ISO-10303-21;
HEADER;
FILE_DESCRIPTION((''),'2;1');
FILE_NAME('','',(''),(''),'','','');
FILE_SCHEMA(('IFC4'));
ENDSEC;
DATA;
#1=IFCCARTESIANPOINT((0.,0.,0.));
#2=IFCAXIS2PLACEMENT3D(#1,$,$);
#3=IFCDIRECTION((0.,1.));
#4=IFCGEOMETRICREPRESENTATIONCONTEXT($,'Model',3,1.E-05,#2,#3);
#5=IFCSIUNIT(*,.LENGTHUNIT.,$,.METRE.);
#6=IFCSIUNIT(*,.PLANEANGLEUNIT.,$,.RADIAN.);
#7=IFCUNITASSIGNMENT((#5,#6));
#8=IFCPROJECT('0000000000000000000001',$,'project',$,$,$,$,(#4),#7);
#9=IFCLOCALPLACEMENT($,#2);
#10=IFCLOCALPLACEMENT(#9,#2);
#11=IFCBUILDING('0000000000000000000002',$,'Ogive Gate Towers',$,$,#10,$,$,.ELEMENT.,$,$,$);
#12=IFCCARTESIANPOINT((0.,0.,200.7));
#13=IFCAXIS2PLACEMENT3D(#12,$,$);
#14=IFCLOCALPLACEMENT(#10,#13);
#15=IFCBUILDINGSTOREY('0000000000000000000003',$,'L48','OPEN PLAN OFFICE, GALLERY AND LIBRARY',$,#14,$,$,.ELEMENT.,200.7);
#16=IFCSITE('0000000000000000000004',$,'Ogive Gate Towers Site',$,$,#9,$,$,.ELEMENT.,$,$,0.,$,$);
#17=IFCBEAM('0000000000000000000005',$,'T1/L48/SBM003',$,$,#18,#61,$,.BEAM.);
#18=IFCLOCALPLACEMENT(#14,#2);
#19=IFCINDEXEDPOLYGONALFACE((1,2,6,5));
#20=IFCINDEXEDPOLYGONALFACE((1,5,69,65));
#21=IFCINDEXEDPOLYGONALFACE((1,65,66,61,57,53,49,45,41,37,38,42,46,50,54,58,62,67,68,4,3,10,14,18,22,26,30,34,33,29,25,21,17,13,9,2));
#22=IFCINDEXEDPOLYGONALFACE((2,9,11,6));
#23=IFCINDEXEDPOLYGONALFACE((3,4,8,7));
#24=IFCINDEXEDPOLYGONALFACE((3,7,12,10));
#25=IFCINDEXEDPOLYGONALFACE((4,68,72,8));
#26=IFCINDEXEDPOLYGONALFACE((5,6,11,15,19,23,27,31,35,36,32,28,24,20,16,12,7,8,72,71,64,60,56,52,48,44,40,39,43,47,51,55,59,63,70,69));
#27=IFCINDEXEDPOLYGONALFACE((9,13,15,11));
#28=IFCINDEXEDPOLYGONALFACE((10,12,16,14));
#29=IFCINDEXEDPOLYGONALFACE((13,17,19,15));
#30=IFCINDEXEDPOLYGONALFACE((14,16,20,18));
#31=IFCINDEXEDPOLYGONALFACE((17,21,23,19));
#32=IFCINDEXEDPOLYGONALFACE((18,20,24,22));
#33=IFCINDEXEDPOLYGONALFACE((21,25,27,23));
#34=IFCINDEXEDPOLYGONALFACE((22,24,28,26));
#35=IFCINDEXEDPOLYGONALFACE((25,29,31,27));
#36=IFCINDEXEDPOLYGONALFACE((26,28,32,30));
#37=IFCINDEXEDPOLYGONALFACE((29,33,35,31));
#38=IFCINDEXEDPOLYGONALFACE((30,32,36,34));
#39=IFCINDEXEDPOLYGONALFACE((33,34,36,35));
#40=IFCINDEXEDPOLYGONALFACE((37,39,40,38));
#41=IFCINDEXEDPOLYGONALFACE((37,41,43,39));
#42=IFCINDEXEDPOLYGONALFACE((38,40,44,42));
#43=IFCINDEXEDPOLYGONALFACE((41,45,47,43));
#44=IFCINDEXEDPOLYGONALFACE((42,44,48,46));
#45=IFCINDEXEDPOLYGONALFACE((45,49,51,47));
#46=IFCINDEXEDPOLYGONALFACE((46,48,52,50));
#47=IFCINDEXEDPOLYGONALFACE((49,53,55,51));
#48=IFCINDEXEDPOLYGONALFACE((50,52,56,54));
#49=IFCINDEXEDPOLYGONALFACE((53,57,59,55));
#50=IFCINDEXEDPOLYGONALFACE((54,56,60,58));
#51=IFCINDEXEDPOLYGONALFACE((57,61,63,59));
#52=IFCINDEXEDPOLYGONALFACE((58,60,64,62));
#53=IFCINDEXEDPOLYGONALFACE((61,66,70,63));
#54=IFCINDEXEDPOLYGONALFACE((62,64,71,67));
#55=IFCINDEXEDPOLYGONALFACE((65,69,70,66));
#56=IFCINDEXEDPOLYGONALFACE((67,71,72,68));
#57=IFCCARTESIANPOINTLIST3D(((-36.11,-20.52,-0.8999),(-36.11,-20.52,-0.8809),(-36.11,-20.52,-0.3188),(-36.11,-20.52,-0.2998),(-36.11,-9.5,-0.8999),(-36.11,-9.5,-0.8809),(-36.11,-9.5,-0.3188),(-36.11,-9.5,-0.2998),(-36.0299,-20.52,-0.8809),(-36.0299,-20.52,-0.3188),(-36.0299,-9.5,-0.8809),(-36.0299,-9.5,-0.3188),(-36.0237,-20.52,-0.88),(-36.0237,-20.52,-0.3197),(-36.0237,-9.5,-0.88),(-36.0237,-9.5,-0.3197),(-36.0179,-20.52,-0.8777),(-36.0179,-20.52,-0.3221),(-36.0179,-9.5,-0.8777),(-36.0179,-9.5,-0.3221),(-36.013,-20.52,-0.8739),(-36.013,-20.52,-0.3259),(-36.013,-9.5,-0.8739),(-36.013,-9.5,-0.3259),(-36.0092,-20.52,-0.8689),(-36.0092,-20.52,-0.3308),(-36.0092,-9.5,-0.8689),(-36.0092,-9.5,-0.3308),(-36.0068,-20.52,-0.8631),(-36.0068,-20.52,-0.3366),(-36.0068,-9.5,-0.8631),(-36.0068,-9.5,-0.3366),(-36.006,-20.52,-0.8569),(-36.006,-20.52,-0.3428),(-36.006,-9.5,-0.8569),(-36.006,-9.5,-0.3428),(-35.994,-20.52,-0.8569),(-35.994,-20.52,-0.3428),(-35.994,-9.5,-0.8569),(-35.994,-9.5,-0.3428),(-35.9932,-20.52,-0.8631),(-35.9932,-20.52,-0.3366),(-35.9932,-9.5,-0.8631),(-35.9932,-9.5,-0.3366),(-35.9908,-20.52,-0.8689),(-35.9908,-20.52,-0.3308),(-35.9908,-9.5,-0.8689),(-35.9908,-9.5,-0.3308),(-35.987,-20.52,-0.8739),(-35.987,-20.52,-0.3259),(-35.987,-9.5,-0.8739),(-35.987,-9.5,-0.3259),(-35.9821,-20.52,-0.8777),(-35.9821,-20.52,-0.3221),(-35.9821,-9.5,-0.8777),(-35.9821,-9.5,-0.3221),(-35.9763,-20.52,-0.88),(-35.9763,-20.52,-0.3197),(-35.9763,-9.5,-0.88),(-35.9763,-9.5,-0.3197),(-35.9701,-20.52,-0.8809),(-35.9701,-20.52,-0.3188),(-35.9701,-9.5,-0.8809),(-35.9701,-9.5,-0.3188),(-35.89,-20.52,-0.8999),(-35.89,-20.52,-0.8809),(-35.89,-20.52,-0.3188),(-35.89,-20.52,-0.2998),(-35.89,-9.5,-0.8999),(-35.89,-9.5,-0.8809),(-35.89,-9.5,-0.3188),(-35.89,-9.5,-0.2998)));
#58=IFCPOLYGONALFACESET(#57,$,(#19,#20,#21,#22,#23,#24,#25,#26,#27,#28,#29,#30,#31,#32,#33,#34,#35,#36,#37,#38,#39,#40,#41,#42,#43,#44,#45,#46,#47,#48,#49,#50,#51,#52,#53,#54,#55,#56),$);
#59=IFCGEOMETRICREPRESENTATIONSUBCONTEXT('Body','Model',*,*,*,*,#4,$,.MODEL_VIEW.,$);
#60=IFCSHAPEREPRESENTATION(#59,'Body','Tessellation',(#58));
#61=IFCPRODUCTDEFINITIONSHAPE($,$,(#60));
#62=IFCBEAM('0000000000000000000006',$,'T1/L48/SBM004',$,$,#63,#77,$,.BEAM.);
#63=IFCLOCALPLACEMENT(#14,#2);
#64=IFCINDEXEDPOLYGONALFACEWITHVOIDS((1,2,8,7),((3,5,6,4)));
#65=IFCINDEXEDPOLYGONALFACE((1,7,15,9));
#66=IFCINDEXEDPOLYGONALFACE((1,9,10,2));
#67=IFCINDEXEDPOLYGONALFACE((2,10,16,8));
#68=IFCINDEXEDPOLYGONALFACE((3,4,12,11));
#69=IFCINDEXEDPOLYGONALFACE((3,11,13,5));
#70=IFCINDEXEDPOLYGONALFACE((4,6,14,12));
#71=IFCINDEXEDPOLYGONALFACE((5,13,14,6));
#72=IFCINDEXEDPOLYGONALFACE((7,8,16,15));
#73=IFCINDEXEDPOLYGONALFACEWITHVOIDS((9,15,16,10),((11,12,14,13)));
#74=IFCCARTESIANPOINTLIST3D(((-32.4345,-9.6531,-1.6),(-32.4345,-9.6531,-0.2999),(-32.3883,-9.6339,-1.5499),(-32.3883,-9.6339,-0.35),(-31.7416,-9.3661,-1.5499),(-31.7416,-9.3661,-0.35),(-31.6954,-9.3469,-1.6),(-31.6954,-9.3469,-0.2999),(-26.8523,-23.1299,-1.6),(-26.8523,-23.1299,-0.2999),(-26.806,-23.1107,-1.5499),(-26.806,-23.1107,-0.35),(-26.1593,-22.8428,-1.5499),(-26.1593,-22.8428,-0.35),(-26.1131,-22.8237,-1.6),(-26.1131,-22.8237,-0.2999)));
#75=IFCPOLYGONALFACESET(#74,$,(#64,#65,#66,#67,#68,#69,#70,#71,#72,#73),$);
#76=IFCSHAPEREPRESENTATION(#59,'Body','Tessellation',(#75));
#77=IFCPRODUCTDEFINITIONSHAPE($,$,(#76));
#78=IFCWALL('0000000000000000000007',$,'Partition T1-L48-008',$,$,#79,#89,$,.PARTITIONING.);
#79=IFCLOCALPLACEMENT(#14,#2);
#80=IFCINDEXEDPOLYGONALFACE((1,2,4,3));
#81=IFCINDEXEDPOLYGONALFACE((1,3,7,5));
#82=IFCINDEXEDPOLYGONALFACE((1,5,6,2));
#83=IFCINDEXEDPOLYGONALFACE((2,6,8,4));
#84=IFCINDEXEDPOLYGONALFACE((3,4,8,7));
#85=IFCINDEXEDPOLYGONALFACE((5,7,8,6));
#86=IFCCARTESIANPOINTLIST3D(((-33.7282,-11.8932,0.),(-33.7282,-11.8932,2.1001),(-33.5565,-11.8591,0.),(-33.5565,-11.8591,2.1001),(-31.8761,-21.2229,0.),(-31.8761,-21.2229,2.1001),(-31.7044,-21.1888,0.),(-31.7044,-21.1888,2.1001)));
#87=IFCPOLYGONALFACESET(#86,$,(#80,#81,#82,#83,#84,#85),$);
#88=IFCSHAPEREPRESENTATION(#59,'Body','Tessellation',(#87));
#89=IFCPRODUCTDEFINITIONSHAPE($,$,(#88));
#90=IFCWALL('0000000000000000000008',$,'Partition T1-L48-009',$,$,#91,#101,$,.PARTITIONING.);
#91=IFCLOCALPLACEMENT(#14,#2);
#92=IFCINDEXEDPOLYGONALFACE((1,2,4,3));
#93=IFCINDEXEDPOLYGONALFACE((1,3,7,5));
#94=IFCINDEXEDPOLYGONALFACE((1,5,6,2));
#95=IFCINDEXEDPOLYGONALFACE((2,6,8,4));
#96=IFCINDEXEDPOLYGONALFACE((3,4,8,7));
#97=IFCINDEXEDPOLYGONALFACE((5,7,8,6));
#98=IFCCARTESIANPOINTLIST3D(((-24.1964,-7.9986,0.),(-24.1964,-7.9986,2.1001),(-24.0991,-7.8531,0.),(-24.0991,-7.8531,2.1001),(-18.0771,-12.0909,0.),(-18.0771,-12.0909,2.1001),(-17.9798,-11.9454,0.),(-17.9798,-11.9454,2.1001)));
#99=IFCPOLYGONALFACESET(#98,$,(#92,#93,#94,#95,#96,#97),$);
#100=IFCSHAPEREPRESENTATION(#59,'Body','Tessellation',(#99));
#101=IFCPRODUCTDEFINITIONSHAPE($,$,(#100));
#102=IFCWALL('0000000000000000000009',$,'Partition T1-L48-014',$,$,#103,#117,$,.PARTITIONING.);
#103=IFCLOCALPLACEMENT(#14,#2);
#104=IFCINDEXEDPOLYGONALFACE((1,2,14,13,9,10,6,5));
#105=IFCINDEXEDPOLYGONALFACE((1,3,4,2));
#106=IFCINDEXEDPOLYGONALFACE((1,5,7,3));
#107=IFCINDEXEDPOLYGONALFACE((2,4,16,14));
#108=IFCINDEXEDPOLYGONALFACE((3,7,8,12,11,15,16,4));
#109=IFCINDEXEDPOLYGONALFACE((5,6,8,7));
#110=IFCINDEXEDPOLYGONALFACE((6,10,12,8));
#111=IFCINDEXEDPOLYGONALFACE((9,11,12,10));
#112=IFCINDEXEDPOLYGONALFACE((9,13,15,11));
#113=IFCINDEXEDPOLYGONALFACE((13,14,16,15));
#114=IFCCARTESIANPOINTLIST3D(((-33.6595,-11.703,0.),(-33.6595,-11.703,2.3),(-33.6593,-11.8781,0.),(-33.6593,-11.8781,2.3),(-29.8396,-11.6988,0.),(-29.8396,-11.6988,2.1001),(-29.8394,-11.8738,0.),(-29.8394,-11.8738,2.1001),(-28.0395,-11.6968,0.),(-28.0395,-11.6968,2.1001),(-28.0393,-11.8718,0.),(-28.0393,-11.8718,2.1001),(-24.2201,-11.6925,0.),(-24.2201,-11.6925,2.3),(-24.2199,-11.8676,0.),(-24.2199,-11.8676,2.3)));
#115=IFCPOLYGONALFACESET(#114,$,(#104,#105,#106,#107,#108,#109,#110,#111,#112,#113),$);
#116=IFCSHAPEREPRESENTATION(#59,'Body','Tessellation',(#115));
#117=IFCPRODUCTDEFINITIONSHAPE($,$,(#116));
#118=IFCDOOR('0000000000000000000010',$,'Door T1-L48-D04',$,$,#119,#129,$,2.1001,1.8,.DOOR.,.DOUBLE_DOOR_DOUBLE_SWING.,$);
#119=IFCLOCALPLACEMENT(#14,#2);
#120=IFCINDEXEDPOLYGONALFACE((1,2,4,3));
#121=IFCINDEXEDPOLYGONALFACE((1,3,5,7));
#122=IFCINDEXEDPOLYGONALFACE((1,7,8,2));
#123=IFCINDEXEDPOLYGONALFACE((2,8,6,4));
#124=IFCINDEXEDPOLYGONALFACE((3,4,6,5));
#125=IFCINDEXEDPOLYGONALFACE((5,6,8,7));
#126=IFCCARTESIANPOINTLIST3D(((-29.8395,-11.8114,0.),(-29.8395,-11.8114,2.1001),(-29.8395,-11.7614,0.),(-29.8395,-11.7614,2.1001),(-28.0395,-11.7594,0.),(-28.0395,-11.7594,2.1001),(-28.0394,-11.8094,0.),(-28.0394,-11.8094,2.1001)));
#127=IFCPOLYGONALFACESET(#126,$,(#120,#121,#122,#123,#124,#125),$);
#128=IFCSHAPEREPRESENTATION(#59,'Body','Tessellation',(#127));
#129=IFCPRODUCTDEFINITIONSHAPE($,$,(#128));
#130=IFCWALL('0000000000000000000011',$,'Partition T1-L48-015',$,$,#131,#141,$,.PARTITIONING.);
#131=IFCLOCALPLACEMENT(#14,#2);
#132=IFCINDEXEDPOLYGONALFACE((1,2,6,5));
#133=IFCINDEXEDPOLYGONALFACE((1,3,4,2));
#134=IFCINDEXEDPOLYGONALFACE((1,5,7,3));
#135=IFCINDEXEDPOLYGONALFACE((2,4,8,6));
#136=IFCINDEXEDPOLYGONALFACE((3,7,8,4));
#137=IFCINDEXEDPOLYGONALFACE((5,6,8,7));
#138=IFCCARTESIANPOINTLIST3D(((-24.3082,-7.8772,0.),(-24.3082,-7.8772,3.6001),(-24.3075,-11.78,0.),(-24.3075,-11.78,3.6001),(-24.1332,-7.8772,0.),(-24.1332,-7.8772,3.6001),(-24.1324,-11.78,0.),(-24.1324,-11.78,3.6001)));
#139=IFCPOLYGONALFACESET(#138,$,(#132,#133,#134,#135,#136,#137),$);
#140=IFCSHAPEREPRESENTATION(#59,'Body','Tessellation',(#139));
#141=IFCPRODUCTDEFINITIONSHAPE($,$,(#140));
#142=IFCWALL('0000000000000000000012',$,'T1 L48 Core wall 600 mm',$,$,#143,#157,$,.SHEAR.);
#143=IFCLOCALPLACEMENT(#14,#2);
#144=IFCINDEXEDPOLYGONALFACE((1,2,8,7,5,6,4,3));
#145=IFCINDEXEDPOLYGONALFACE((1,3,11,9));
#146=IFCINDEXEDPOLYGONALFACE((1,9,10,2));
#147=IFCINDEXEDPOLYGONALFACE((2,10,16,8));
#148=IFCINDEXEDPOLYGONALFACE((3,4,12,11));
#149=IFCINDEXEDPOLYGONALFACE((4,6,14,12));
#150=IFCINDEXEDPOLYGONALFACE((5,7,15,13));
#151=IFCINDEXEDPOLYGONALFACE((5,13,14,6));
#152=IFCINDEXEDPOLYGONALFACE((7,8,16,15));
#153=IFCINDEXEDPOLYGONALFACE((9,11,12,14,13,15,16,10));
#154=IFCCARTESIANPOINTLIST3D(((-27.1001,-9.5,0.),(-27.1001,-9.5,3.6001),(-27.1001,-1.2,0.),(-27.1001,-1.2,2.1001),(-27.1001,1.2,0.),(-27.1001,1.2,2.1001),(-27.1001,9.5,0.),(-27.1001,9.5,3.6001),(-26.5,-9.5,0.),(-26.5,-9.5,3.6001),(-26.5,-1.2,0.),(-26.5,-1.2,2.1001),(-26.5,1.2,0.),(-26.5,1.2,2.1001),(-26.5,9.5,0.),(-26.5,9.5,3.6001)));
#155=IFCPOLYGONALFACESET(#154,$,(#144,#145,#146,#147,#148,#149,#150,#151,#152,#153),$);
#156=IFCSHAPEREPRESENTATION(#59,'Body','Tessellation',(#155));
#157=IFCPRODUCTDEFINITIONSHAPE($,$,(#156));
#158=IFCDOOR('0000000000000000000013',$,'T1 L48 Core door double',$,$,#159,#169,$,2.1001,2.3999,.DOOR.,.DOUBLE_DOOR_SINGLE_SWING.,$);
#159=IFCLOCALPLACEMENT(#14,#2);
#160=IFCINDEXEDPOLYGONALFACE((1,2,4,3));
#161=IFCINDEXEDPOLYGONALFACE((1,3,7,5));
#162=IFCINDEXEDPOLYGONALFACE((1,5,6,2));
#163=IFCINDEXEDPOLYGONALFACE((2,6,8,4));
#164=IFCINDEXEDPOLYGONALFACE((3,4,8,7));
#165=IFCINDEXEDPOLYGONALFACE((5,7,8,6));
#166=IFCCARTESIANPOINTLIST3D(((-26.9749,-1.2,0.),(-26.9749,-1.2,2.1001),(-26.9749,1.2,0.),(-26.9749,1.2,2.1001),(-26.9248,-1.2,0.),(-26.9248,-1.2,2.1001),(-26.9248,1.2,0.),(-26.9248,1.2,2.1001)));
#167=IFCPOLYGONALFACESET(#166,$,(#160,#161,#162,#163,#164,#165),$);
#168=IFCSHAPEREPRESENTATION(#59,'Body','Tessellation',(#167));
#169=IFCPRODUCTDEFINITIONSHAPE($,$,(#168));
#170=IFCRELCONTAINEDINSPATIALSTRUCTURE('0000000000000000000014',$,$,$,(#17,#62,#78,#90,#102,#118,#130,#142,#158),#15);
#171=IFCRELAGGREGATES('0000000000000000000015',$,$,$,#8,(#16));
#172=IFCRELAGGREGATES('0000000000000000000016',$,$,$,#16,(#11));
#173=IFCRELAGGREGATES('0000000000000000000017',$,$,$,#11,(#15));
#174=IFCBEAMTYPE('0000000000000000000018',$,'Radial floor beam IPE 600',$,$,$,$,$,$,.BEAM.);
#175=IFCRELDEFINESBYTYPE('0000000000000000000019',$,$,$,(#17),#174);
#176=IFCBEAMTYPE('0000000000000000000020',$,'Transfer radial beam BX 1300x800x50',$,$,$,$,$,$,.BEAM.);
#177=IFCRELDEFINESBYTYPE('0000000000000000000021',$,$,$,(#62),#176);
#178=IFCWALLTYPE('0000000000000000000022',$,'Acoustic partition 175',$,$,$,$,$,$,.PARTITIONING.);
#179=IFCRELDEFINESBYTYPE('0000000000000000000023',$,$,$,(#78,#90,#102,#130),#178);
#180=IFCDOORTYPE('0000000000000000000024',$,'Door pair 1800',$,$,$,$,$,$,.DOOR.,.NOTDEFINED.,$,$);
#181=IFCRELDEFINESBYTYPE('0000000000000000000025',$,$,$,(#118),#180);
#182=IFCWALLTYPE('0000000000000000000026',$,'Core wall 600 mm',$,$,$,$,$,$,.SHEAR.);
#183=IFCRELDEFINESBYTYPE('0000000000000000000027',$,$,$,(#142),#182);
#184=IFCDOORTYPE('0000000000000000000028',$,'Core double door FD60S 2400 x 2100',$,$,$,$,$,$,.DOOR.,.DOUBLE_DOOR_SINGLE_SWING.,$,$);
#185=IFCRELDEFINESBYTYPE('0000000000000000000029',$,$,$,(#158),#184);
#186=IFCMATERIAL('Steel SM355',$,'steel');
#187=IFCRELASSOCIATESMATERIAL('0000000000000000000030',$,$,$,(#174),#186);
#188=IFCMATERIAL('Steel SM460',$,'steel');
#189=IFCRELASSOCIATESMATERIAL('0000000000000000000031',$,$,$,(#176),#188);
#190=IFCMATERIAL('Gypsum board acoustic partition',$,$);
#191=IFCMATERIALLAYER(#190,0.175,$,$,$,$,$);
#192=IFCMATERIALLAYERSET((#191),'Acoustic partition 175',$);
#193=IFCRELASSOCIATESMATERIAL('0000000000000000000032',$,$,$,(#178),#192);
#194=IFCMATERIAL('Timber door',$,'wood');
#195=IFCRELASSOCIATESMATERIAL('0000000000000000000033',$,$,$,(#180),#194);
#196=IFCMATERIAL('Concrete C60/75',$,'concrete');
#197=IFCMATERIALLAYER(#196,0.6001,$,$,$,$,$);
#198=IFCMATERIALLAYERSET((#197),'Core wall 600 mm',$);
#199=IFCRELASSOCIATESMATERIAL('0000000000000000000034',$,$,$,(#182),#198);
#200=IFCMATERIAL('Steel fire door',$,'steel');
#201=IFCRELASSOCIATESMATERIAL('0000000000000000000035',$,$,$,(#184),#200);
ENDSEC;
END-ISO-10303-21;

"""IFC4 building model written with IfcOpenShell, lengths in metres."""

from ifc_helpers import new_model, si_unit, direction, frame, frame_2d, origin, origin_2d, place, context, subcontext, project, spatial, rectangle, hollow_rectangle, i_section, extrude, material, layer, layer_set, material_profile, profile_set, type_object, element, fill, save


model = new_model("IFC4")

# Units and contexts
model_context = context("Model", 3, precision=1e-05, world=origin(), true_north=direction((0.0, 1.0)))
body_context = subcontext(model_context, "Body", "Model", "MODEL_VIEW")
ifc_project = project(units=[si_unit("LENGTHUNIT", "METRE"), si_unit("PLANEANGLEUNIT", "RADIAN")], contexts=[model_context])

# Site, building, storey
site_placement = place(None, origin())
site = spatial("IfcSite", under=ifc_project, at=site_placement, Name="Ogive Gate Towers Site", CompositionType="ELEMENT", RefElevation=0.0)
building_placement = place(site_placement, origin())
building = spatial("IfcBuilding", under=site, at=building_placement, Name="Ogive Gate Towers", CompositionType="ELEMENT")
storey_placement = place(building_placement, frame((0.0, 0.0, 200.7)))
storey = spatial("IfcBuildingStorey", under=building, at=storey_placement, Name="L48", Description="OPEN PLAN OFFICE, GALLERY AND LIBRARY", CompositionType="ELEMENT", Elevation=200.7)

# Shared definitions
ifc_material_1 = material(Name="Steel SM460", Category="steel")

# Beams
ifc_material_2 = material(Name="Steel SM355", Category="steel")
ifc_material_profile_1 = material_profile(ifc_material_2, i_section(OverallWidth=0.22, OverallDepth=0.6001, WebThickness=0.012, FlangeThickness=0.019, FilletRadius=0.0239, at=origin_2d()), Name="IPE 600")
ifc_profile_set_1 = profile_set([ifc_material_profile_1], Name="Steel SM355")
beam_type_1 = type_object("IfcBeamType", Name="Radial floor beam IPE 600", PredefinedType="BEAM", material=ifc_profile_set_1)
beam_1_placement = place(storey_placement, frame((-36.0, -9.5, -0.5999), z_axis=(0.0, -1.0, 0.0), x_axis=(1.0, 0.0, 0.0)))
element("IfcBeam", 1, at=beam_1_placement, inside=storey, type_object=beam_type_1, Name="T1/L48/SBM003", PredefinedType="BEAM", context=body_context, shape_type="SweptSolid", body=[
    extrude(i_section(OverallWidth=0.22, OverallDepth=0.6001, WebThickness=0.012, FlangeThickness=0.019, FilletRadius=0.0239, at=origin_2d()), origin(), (0.0, 0.0, 1.0), 11.02),
])
ifc_material_profile_2 = material_profile(ifc_material_1, hollow_rectangle(XDim=0.8, YDim=1.3, WallThickness=0.05, at=origin_2d()), Name="BX 1300x800x50")
ifc_profile_set_2 = profile_set([ifc_material_profile_2], Name="Steel SM460")
beam_type_2 = type_object("IfcBeamType", Name="Transfer radial beam BX 1300x800x50", PredefinedType="BEAM", material=ifc_profile_set_2)
beam_2_placement = place(storey_placement, frame((-32.0649, -9.5, -0.95), z_axis=(0.382683, -0.92388, 0.0), x_axis=(0.92388, 0.382683, 0.0)))
element("IfcBeam", 2, at=beam_2_placement, inside=storey, type_object=beam_type_2, Name="T1/L48/SBM004", PredefinedType="BEAM", context=body_context, shape_type="SweptSolid", body=[
    extrude(hollow_rectangle(XDim=0.8, YDim=1.3, WallThickness=0.05, at=origin_2d()), origin(), (0.0, 0.0, 1.0), 14.5872),
])

# Walls
ifc_material_3 = material(Name="Gypsum board acoustic partition")
ifc_layer_1 = layer(ifc_material_3, 0.175)
ifc_layer_set_1 = layer_set([ifc_layer_1], Name="Acoustic partition 175")
wall_type_1 = type_object("IfcWallType", Name="Acoustic partition 175", PredefinedType="PARTITIONING", material=ifc_layer_set_1)
wall_1_placement = place(storey_placement, frame((-31.7903, -21.2058, 0.0), z_axis=(0.0, 0.0, 1.0), x_axis=(-0.194714, 0.98086, 0.0)))
element("IfcWall", 3, at=wall_1_placement, inside=storey, type_object=wall_type_1, Name="Partition T1-L48-008", PredefinedType="PARTITIONING", context=body_context, shape_type="SweptSolid", body=[
    extrude(rectangle(XDim=9.5117, YDim=0.175, at=frame_2d((4.7559, 0.0))), origin(), (0.0, 0.0, 1.0), 2.1001),
])
wall_2_placement = place(storey_placement, frame((-18.0286, -12.0181, 0.0), z_axis=(0.0, 0.0, 1.0), x_axis=(-0.831254, 0.555894, 0.0)))
element("IfcWall", 4, at=wall_2_placement, inside=storey, type_object=wall_type_1, Name="Partition T1-L48-009", PredefinedType="PARTITIONING", context=body_context, shape_type="SweptSolid", body=[
    extrude(rectangle(XDim=7.3616, YDim=0.175, at=frame_2d((3.6807, 0.0))), origin(), (0.0, 0.0, 1.0), 2.1001),
])

# Wall, opening, door
wall_3_placement = place(storey_placement, frame((-33.6594, -11.7905, 0.0), z_axis=(0.0, 0.0, 1.0), x_axis=(0.999999, 0.001112, 0.0)))
wall_3 = element("IfcWall", 5, at=wall_3_placement, inside=storey, type_object=wall_type_1, Name="Partition T1-L48-014", PredefinedType="PARTITIONING", context=body_context, shape_type="SweptSolid", body=[
    extrude(rectangle(XDim=9.4395, YDim=0.175, at=frame_2d((4.7197, 0.0))), origin(), (0.0, 0.0, 1.0), 2.3),
])
opening_1_placement = place(wall_3_placement, frame((3.8201, 0.0, 0.0)))
opening_1 = element("IfcOpeningElement", 6, at=opening_1_placement, cuts=wall_3, PredefinedType="OPENING", context=body_context, shape_type="SweptSolid", body=[
    extrude(rectangle(XDim=1.8, YDim=2.1001, at=frame_2d((0.8999, 1.05))), frame((0.0, 0.0977, 0.0), z_axis=(0.0, -1.0, 0.0), x_axis=(1.0, 0.0, 0.0)), (0.0, 0.0, 1.0), 0.1951),
])
ifc_material_4 = material(Name="Timber door", Category="wood")
door_type_1 = type_object("IfcDoorType", Name="Door pair 1800", OperationType="NOTDEFINED", PredefinedType="DOOR", material=ifc_material_4)
door_1_placement = place(opening_1_placement, origin())
door_1 = element("IfcDoor", 7, at=door_1_placement, inside=storey, type_object=door_type_1, Name="Door T1-L48-D04", OperationType="DOUBLE_DOOR_DOUBLE_SWING", OverallHeight=2.1001, OverallWidth=1.8, PredefinedType="DOOR", context=body_context, shape_type="SweptSolid", body=[
    extrude(rectangle(XDim=1.8, YDim=2.1001, at=frame_2d((0.8999, 1.05))), frame((0.0, 0.0249, 0.0), z_axis=(0.0, -1.0, 0.0), x_axis=(1.0, 0.0, 0.0)), (0.0, 0.0, 1.0), 0.05),
])
fill(opening_1, door_1)

# Wall
wall_4_placement = place(storey_placement, frame((-24.22, -11.78, 0.0), z_axis=(0.0, 0.0, 1.0), x_axis=(-0.000188, 1.0, 0.0)))
element("IfcWall", 8, at=wall_4_placement, inside=storey, type_object=wall_type_1, Name="Partition T1-L48-015", PredefinedType="PARTITIONING", context=body_context, shape_type="SweptSolid", body=[
    extrude(rectangle(XDim=3.9028, YDim=0.175, at=frame_2d((1.9514, 0.0))), origin(), (0.0, 0.0, 1.0), 3.6001),
])

# Wall, opening, door
ifc_material_5 = material(Name="Concrete C60/75", Category="concrete")
ifc_layer_2 = layer(ifc_material_5, 0.6001)
ifc_layer_set_2 = layer_set([ifc_layer_2], Name="Core wall 600 mm")
wall_type_2 = type_object("IfcWallType", Name="Core wall 600 mm", PredefinedType="SHEAR", material=ifc_layer_set_2)
wall_5_placement = place(storey_placement, frame((-26.8, -9.5, 0.0), z_axis=(0.0, 0.0, 1.0), x_axis=(0.0, 1.0, 0.0)))
wall_5 = element("IfcWall", 9, at=wall_5_placement, inside=storey, type_object=wall_type_2, Name="T1 L48 Core wall 600 mm", PredefinedType="SHEAR", context=body_context, shape_type="SweptSolid", body=[
    extrude(rectangle(XDim=19.0, YDim=0.6001, at=frame_2d((9.5, 0.0))), origin(), (0.0, 0.0, 1.0), 3.6001),
])
opening_2_placement = place(wall_5_placement, frame((8.3, 0.0, 0.0)))
opening_2 = element("IfcOpeningElement", 10, at=opening_2_placement, cuts=wall_5, PredefinedType="OPENING", context=body_context, shape_type="SweptSolid", body=[
    extrude(rectangle(XDim=2.3999, YDim=2.1001, at=frame_2d((1.2, 1.05))), frame((0.0, 0.3101, 0.0), z_axis=(0.0, -1.0, 0.0), x_axis=(1.0, 0.0, 0.0)), (0.0, 0.0, 1.0), 0.6201),
])
ifc_material_6 = material(Name="Steel fire door", Category="steel")
door_type_2 = type_object("IfcDoorType", Name="Core double door FD60S 2400 x 2100", OperationType="DOUBLE_DOOR_SINGLE_SWING", PredefinedType="DOOR", material=ifc_material_6)
door_2_placement = place(opening_2_placement, origin())
door_2 = element("IfcDoor", 11, at=door_2_placement, inside=storey, type_object=door_type_2, Name="T1 L48 Core door double", OperationType="DOUBLE_DOOR_SINGLE_SWING", OverallHeight=2.1001, OverallWidth=2.3999, PredefinedType="DOOR", context=body_context, shape_type="SweptSolid", body=[
    extrude(rectangle(XDim=2.3999, YDim=2.1001, at=frame_2d((1.2, 1.05))), frame((0.0, 0.1748, 0.0), z_axis=(0.0, -1.0, 0.0), x_axis=(1.0, 0.0, 0.0)), (0.0, 0.0, 1.0), 0.05),
])
fill(opening_2, door_2)

save(model, "model.ifc")
